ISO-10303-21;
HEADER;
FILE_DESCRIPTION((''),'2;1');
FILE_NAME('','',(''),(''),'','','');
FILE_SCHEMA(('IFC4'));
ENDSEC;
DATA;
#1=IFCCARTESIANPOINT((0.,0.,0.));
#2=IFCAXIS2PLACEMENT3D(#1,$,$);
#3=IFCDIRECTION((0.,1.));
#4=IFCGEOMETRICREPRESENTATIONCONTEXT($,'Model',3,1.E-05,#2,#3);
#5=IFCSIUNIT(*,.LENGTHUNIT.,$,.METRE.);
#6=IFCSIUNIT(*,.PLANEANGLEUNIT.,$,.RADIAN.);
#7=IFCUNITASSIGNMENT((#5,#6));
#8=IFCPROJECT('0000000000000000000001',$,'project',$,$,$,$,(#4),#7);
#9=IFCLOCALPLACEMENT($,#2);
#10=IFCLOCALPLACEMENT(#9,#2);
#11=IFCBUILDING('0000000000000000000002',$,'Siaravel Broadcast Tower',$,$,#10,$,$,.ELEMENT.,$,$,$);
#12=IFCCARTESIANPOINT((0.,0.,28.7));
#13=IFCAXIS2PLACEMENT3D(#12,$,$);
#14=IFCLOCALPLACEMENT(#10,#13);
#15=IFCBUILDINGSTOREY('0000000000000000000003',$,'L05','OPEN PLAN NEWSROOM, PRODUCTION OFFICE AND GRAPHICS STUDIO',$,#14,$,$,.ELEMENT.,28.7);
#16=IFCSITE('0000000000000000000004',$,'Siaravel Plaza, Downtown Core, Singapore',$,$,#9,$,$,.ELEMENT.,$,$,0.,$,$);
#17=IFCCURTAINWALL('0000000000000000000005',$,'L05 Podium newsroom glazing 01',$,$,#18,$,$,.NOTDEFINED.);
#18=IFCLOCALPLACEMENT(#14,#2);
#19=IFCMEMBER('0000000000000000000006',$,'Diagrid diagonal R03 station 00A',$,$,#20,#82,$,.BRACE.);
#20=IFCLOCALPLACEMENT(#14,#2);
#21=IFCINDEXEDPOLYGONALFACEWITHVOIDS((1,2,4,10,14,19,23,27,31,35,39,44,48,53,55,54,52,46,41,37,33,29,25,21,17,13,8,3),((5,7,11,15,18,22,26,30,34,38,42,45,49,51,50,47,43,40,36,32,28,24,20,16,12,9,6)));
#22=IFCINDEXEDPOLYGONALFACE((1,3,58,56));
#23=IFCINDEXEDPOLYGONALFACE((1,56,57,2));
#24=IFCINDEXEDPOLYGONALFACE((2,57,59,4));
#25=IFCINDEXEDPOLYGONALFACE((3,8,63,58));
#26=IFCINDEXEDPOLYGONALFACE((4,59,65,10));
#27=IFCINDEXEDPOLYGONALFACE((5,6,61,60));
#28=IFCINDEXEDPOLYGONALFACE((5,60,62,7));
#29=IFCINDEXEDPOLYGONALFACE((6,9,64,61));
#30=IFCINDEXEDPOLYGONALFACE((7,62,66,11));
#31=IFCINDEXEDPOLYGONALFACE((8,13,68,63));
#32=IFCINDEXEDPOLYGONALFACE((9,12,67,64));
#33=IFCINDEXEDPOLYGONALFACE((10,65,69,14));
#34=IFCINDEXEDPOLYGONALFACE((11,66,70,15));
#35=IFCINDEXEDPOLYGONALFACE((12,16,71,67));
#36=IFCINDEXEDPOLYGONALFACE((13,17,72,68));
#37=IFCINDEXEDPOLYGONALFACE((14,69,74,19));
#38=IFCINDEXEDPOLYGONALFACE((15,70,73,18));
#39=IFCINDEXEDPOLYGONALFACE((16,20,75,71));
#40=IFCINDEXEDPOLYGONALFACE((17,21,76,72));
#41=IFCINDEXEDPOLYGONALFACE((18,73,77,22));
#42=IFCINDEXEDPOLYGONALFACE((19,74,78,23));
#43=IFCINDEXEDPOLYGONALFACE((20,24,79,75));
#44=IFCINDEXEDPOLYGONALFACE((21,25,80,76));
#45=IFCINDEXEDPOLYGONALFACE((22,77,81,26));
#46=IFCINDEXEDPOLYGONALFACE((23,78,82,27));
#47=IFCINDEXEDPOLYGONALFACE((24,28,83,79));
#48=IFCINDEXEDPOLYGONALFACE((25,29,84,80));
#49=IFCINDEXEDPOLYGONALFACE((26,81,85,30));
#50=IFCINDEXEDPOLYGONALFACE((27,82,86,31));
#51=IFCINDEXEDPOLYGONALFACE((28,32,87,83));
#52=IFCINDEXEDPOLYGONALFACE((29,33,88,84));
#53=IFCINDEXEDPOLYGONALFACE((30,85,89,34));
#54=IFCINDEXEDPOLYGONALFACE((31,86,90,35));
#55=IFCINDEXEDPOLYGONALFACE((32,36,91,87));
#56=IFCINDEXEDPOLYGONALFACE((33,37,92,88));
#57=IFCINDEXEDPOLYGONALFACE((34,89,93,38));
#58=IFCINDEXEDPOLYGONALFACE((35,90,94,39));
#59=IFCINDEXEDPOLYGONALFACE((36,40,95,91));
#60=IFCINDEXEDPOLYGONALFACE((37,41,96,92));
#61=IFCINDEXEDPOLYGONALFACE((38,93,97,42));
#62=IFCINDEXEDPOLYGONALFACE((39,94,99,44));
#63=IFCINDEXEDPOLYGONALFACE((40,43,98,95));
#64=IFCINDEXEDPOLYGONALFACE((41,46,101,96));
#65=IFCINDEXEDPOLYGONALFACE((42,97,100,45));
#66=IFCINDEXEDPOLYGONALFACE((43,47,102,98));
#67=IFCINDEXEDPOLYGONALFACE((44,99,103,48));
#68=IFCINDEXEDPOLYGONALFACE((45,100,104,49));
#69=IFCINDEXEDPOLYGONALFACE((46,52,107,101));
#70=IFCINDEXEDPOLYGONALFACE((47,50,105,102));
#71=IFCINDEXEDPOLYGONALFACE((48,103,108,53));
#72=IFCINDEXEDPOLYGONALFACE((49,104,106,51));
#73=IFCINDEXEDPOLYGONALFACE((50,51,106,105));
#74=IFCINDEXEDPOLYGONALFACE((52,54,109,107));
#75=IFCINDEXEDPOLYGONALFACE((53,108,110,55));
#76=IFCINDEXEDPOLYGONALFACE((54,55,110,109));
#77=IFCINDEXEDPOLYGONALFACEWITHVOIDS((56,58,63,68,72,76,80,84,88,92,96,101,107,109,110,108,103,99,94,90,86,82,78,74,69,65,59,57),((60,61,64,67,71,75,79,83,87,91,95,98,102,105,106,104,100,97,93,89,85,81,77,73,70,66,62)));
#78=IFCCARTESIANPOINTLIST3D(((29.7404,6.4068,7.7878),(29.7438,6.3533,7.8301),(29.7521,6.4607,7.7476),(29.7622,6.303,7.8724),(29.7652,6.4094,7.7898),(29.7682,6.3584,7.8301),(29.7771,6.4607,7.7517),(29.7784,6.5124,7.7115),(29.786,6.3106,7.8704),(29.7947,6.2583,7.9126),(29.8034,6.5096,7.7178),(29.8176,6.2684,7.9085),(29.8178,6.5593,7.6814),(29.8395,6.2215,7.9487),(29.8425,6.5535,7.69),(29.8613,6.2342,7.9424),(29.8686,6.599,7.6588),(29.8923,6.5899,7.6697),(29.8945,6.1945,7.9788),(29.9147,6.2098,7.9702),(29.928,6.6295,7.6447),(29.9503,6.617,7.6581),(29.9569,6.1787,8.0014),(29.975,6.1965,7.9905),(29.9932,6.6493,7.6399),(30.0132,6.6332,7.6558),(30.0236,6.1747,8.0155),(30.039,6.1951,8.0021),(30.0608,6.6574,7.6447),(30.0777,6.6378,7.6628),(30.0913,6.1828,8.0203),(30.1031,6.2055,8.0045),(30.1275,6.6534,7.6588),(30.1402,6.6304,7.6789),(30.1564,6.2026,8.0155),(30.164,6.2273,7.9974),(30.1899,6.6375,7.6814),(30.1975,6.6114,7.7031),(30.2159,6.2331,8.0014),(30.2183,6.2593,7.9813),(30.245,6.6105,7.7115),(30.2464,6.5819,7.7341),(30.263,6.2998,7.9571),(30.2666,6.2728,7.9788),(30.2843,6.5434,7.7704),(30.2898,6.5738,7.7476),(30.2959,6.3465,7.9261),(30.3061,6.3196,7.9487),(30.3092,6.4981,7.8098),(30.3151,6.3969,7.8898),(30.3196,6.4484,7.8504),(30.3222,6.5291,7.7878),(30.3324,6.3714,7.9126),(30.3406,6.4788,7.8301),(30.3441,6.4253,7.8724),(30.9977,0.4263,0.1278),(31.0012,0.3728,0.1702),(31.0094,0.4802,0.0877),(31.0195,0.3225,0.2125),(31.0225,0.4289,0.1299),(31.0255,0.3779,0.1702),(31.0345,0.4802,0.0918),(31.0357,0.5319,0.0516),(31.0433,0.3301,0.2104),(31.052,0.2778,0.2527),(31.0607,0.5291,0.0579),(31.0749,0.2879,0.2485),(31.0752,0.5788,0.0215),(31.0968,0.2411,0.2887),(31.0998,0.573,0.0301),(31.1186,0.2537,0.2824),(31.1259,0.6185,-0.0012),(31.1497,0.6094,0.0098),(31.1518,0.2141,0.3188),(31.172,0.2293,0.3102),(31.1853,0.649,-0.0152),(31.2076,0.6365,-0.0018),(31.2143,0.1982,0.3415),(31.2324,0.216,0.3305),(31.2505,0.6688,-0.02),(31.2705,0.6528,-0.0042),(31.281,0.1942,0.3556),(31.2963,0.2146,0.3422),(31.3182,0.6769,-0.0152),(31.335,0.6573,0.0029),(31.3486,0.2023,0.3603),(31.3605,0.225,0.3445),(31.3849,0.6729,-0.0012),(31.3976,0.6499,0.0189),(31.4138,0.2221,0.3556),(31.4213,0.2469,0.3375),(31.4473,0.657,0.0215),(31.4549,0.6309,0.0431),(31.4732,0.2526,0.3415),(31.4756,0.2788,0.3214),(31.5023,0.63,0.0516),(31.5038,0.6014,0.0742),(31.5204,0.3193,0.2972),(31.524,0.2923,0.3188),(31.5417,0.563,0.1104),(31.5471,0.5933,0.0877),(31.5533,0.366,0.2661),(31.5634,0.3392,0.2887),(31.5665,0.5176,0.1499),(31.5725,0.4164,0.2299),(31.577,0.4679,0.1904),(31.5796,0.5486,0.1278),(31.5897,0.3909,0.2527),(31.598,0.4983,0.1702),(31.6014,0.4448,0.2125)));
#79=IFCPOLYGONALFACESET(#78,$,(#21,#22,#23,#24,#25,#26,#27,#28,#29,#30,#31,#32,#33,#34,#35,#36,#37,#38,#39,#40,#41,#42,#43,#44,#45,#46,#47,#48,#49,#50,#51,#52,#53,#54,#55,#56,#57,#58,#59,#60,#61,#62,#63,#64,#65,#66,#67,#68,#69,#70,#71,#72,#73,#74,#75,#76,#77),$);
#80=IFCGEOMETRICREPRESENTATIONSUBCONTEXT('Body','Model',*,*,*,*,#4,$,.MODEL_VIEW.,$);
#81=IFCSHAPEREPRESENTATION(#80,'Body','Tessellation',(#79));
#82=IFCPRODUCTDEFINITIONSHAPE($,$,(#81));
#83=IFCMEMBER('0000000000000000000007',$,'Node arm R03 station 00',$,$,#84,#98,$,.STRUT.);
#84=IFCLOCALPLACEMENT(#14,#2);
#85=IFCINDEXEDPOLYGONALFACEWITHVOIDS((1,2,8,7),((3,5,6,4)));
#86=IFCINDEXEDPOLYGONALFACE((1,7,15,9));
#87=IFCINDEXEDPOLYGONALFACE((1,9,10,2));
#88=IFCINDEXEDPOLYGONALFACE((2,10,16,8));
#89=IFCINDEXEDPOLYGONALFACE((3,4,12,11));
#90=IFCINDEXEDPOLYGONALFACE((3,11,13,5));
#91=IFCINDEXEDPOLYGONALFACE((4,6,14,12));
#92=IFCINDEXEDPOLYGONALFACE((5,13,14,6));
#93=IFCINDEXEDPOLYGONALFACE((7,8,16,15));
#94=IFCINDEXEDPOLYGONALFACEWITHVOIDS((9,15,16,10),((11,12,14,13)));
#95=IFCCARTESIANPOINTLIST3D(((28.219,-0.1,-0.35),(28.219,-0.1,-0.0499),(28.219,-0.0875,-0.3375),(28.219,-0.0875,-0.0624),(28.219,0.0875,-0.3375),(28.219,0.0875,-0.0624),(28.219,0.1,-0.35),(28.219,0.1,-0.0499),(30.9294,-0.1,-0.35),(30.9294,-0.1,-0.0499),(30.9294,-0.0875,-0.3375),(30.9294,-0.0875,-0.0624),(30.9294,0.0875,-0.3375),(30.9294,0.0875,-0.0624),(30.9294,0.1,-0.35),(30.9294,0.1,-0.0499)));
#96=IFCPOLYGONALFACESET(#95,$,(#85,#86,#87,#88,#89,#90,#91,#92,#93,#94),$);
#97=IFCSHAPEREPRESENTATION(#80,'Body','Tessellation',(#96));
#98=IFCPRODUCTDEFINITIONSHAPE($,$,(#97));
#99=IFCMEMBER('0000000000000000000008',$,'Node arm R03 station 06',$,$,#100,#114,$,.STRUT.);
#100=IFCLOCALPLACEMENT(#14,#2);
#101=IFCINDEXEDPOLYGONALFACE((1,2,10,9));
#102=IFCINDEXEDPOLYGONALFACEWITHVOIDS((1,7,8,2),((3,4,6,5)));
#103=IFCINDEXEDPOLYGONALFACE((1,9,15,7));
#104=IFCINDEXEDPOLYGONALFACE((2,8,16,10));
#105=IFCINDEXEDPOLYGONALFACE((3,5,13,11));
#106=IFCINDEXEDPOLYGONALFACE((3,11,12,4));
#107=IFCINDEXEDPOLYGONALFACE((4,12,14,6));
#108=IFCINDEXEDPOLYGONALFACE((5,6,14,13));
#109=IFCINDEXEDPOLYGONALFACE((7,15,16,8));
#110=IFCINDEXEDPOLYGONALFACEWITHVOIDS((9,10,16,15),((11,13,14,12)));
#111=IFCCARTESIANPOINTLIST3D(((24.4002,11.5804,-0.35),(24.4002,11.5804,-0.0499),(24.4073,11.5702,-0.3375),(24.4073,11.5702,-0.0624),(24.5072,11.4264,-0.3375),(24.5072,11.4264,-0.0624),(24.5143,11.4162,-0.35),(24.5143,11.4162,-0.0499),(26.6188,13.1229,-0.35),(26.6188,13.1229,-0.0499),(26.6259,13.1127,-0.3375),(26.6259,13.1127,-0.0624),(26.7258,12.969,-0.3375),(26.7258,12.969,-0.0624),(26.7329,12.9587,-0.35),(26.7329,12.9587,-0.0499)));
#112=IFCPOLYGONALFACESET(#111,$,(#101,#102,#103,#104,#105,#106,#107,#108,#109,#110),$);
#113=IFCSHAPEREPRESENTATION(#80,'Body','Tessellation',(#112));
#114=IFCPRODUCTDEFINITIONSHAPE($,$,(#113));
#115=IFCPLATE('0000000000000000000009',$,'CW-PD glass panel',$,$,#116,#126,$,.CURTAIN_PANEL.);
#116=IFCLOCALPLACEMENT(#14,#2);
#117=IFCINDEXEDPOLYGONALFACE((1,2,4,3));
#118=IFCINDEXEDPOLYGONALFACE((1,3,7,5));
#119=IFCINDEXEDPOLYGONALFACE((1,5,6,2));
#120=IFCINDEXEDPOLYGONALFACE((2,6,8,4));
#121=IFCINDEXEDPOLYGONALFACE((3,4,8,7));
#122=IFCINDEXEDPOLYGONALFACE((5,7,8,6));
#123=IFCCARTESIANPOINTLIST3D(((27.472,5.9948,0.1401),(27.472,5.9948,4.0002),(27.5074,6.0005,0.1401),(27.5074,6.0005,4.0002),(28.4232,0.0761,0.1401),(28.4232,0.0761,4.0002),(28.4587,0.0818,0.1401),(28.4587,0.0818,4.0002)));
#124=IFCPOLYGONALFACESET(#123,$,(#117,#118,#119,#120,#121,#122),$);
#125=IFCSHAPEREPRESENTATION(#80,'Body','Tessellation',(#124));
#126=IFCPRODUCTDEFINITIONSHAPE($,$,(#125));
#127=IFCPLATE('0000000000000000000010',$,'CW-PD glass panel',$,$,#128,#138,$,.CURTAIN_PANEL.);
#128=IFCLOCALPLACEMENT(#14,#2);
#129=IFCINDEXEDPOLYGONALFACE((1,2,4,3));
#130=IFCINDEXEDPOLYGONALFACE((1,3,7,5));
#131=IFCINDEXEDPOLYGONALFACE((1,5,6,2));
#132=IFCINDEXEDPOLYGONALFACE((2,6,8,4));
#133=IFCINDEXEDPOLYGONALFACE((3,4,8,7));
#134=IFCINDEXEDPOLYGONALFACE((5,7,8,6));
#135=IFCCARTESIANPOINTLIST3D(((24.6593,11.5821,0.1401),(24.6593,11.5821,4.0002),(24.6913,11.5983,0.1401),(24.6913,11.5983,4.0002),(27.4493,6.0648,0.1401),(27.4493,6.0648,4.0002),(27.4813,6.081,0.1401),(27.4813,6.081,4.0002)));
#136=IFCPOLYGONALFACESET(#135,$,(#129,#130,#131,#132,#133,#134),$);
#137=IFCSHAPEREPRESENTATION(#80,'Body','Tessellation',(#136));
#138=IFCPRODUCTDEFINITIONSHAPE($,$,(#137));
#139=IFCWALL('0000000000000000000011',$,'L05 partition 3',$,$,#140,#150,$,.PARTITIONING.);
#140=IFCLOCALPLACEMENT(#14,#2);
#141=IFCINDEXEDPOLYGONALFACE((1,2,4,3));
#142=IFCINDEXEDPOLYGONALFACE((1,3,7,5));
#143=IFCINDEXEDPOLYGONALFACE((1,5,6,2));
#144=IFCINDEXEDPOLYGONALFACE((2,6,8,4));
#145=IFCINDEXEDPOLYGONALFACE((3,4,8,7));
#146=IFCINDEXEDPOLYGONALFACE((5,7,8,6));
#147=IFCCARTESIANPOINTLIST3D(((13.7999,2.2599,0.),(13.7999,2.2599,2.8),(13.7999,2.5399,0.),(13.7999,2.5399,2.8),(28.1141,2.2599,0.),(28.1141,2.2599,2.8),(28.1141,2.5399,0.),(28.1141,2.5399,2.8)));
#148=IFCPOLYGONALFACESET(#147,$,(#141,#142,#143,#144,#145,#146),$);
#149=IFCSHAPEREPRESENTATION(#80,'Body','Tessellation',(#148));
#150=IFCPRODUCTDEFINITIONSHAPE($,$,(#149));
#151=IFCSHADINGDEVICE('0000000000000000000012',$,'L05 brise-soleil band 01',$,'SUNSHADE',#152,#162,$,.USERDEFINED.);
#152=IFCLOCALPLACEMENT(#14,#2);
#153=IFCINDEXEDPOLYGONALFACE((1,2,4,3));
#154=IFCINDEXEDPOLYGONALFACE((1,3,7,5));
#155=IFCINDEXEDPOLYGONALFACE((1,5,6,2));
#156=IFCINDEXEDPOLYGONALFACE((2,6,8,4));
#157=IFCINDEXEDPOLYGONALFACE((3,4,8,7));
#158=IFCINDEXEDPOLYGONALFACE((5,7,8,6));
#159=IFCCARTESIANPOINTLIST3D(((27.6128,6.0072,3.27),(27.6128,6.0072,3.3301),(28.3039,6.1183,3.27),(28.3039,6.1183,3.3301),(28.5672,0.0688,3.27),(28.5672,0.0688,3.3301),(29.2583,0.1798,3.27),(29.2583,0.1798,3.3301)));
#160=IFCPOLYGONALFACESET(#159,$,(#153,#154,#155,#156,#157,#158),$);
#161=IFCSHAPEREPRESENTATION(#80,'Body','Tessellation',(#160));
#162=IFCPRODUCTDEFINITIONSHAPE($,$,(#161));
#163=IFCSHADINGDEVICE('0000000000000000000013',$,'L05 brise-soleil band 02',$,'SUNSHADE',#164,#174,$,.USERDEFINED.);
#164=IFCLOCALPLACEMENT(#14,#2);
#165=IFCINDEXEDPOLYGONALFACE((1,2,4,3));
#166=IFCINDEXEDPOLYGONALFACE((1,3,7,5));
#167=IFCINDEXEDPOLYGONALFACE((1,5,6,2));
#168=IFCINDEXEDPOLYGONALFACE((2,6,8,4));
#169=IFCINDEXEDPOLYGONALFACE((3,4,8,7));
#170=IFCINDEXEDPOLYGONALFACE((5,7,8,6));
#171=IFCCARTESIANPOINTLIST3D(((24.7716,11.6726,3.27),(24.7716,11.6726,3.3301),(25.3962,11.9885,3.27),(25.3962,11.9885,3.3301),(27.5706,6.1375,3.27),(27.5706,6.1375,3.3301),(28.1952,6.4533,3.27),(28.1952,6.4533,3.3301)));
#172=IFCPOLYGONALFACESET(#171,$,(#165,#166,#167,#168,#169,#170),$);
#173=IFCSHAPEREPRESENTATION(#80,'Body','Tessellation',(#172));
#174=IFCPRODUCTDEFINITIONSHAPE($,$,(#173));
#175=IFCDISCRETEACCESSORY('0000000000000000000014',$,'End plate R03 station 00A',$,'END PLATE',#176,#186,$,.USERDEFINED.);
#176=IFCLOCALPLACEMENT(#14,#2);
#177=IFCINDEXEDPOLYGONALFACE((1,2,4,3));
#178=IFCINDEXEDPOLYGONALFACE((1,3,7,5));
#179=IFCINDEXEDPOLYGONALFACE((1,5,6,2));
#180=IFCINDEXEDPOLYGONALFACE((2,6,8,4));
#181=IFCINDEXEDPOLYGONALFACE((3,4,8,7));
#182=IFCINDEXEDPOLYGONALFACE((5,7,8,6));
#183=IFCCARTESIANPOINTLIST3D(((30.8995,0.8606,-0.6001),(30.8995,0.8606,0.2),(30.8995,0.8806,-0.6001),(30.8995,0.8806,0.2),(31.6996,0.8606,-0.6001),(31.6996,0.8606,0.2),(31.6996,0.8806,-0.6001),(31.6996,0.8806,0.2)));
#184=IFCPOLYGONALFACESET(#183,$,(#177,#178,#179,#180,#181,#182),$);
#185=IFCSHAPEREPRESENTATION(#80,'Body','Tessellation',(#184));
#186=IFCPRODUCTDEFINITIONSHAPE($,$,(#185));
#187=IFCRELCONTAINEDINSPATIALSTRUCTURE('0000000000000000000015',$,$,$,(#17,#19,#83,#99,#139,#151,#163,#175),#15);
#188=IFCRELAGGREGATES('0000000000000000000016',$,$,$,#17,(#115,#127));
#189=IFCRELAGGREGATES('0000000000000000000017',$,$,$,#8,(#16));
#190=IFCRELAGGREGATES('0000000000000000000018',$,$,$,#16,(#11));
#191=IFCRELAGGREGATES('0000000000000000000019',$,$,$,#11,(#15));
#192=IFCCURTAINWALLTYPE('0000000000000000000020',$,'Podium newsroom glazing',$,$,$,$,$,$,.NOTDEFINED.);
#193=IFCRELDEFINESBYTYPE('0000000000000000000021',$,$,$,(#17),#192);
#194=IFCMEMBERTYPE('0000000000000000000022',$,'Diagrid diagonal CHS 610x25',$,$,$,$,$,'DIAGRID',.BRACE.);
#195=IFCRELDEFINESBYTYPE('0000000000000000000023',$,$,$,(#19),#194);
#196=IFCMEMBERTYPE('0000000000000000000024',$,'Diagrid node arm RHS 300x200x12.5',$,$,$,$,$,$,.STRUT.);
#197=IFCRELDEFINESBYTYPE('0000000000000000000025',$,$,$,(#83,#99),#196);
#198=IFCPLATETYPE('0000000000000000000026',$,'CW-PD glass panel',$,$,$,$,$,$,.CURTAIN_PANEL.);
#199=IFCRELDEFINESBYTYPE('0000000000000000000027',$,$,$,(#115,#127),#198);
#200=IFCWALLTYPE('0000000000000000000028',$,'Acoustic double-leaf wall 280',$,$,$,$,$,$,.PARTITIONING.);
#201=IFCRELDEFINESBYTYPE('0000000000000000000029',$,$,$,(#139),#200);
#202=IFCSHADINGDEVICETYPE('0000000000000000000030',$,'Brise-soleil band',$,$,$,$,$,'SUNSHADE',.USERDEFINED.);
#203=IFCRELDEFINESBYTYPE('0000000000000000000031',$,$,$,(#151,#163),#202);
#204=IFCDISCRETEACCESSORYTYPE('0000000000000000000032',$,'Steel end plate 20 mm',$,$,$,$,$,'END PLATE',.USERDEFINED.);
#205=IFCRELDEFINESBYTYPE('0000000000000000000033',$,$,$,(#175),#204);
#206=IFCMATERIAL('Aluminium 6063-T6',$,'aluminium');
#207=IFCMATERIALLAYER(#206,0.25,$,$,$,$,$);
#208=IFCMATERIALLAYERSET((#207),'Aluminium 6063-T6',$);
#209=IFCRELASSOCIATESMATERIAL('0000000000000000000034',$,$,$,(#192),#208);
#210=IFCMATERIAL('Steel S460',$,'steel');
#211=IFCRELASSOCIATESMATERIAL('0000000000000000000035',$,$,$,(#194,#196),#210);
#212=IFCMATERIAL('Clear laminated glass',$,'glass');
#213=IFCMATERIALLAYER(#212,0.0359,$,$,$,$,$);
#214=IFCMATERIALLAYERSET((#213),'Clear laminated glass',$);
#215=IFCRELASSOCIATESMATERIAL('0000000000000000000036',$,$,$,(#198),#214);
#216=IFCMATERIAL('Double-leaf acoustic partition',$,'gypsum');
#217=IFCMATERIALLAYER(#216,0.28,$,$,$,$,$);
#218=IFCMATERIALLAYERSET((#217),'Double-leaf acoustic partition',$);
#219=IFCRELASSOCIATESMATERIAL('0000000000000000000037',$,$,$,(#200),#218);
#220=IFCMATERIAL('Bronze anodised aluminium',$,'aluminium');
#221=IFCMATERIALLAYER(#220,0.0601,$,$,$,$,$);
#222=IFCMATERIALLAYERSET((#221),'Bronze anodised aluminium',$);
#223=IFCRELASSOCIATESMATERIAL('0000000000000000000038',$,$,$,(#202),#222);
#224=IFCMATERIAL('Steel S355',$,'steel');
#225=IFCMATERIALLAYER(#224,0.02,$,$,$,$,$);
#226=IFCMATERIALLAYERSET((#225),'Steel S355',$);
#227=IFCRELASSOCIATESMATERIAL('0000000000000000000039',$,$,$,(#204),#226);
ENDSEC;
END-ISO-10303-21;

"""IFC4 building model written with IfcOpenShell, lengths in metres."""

from ifc_helpers import new_model, si_unit, direction, frame, frame_2d, origin, origin_2d, place, context, subcontext, project, spatial, rectangle, hollow_rectangle, hollow_circle, extrude, material, layer, layer_set, material_profile, profile_set, type_object, element, aggregate, save


model = new_model("IFC4")

# Units and contexts
model_context = context("Model", 3, precision=1e-05, world=origin(), true_north=direction((0.0, 1.0)))
body_context = subcontext(model_context, "Body", "Model", "MODEL_VIEW")
ifc_project = project(units=[si_unit("LENGTHUNIT", "METRE"), si_unit("PLANEANGLEUNIT", "RADIAN")], contexts=[model_context])

# Site, building, storey
site_placement = place(None, origin())
site = spatial("IfcSite", under=ifc_project, at=site_placement, Name="Siaravel Plaza, Downtown Core, Singapore", CompositionType="ELEMENT", RefElevation=0.0)
building_placement = place(site_placement, origin())
building = spatial("IfcBuilding", under=site, at=building_placement, Name="Siaravel Broadcast Tower", CompositionType="ELEMENT")
storey_placement = place(building_placement, frame((0.0, 0.0, 28.7)))
storey = spatial("IfcBuildingStorey", under=building, at=storey_placement, Name="L05", Description="OPEN PLAN NEWSROOM, PRODUCTION OFFICE AND GRAPHICS STUDIO", CompositionType="ELEMENT", Elevation=28.7)

# Shared definitions
ifc_material_1 = material(Name="Steel S355", Category="steel")

# Curtain wall
ifc_material_2 = material(Name="Aluminium 6063-T6", Category="aluminium")
ifc_layer_1 = layer(ifc_material_2, 0.25)
ifc_layer_set_1 = layer_set([ifc_layer_1], Name="Aluminium 6063-T6")
curtain_wall_type = type_object("IfcCurtainWallType", Name="Podium newsroom glazing", PredefinedType="NOTDEFINED", material=ifc_layer_set_1)
curtain_wall_placement = place(storey_placement, origin())
curtain_wall = element("IfcCurtainWall", 1, at=curtain_wall_placement, inside=storey, type_object=curtain_wall_type, Name="L05 Podium newsroom glazing 01", PredefinedType="NOTDEFINED")

# Members
ifc_material_3 = material(Name="Steel S460", Category="steel")
ifc_material_profile_1 = material_profile(ifc_material_3, hollow_circle(Radius=0.3049, WallThickness=0.0249, at=origin_2d()))
ifc_profile_set_1 = profile_set([ifc_material_profile_1], Name="Steel S460")
member_type_1 = type_object("IfcMemberType", Name="Diagrid diagonal CHS 610x25", ElementType="DIAGRID", PredefinedType="BRACE", material=ifc_profile_set_1)
member_1_placement = place(storey_placement, frame((31.2996, 0.4355, 0.1702), z_axis=(-0.128311, 0.610312, 0.781701), x_axis=(-0.978607, -0.205741, 0.0)))
element("IfcMember", 2, at=member_1_placement, inside=storey, type_object=member_type_1, Name="Diagrid diagonal R03 station 00A", PredefinedType="BRACE", context=body_context, shape_type="SweptSolid", body=[
    extrude(hollow_circle(Radius=0.3049, WallThickness=0.0249, at=origin_2d()), origin(), (0.0, 0.0, 1.0), 9.7991),
])
ifc_material_profile_2 = material_profile(ifc_material_3, hollow_rectangle(XDim=0.2, YDim=0.3, WallThickness=0.0125, at=origin_2d()))
ifc_profile_set_2 = profile_set([ifc_material_profile_2], Name="Steel S460")
member_type_2 = type_object("IfcMemberType", Name="Diagrid node arm RHS 300x200x12.5", PredefinedType="STRUT", material=ifc_profile_set_2)
member_2_placement = place(storey_placement, frame((28.219, 0.0, -0.2), z_axis=(1.0, 0.0, 0.0), x_axis=(0.0, 1.0, 0.0)))
element("IfcMember", 3, at=member_2_placement, inside=storey, type_object=member_type_2, Name="Node arm R03 station 00", PredefinedType="STRUT", context=body_context, shape_type="SweptSolid", body=[
    extrude(hollow_rectangle(XDim=0.2, YDim=0.3, WallThickness=0.0125, at=origin_2d()), origin(), (0.0, 0.0, 1.0), 2.7104),
])
member_3_placement = place(storey_placement, frame((24.4573, 11.4983, -0.2), z_axis=(0.821049, 0.570858, 0.0), x_axis=(-0.570858, 0.821049, 0.0)))
element("IfcMember", 4, at=member_3_placement, inside=storey, type_object=member_type_2, Name="Node arm R03 station 06", PredefinedType="STRUT", context=body_context, shape_type="SweptSolid", body=[
    extrude(hollow_rectangle(XDim=0.2, YDim=0.3, WallThickness=0.0125, at=origin_2d()), origin(), (0.0, 0.0, 1.0), 2.7021),
])

# Plates
ifc_material_4 = material(Name="Clear laminated glass", Category="glass")
ifc_layer_2 = layer(ifc_material_4, 0.0359)
ifc_layer_set_2 = layer_set([ifc_layer_2], Name="Clear laminated glass")
plate_type = type_object("IfcPlateType", Name="CW-PD glass panel", PredefinedType="CURTAIN_PANEL", material=ifc_layer_set_2)
plate_1_placement = place(storey_placement, frame((27.9653, 3.0383, 0.1401), z_axis=(0.0, 0.0, 1.0), x_axis=(-0.158686, 0.987329, 0.0)))
plate_1 = element("IfcPlate", 5, at=plate_1_placement, type_object=plate_type, Name="CW-PD glass panel", PredefinedType="CURTAIN_PANEL", context=body_context, shape_type="SweptSolid", body=[
    extrude(rectangle(XDim=5.9946, YDim=0.0359, at=origin_2d()), origin(), (0.0, 0.0, 1.0), 3.8601),
])
plate_2_placement = place(storey_placement, frame((26.0703, 8.8315, 0.1401), z_axis=(0.0, 0.0, 1.0), x_axis=(-0.451262, 0.892391, 0.0)))
plate_2 = element("IfcPlate", 6, at=plate_2_placement, type_object=plate_type, Name="CW-PD glass panel", PredefinedType="CURTAIN_PANEL", context=body_context, shape_type="SweptSolid", body=[
    extrude(rectangle(XDim=6.1826, YDim=0.0359, at=origin_2d()), origin(), (0.0, 0.0, 1.0), 3.8601),
])
aggregate(curtain_wall, [plate_1, plate_2])

# Wall
ifc_material_5 = material(Name="Double-leaf acoustic partition", Category="gypsum")
ifc_layer_3 = layer(ifc_material_5, 0.28)
ifc_layer_set_3 = layer_set([ifc_layer_3], Name="Double-leaf acoustic partition")
wall_type = type_object("IfcWallType", Name="Acoustic double-leaf wall 280", PredefinedType="PARTITIONING", material=ifc_layer_set_3)
wall_placement = place(storey_placement, frame((28.1143, 2.3999, 0.0), z_axis=(0.0, 0.0, 1.0), x_axis=(-1.0, 0.0, 0.0)))
element("IfcWall", 7, at=wall_placement, inside=storey, type_object=wall_type, Name="L05 partition 3", PredefinedType="PARTITIONING", context=body_context, shape_type="SweptSolid", body=[
    extrude(rectangle(XDim=14.3142, YDim=0.28, at=frame_2d((7.1572, 0.0))), origin(), (0.0, 0.0, 1.0), 2.8),
])

# Shading devices
ifc_material_6 = material(Name="Bronze anodised aluminium", Category="aluminium")
ifc_layer_4 = layer(ifc_material_6, 0.0601)
ifc_layer_set_4 = layer_set([ifc_layer_4], Name="Bronze anodised aluminium")
shading_device_type = type_object("IfcShadingDeviceType", Name="Brise-soleil band", ElementType="SUNSHADE", PredefinedType="USERDEFINED", material=ifc_layer_set_4)
shading_device_1_placement = place(storey_placement, frame((28.4355, 3.0935, 3.27), z_axis=(0.0, 0.0, 1.0), x_axis=(-0.158685, 0.987329, 0.0)))
element("IfcShadingDevice", 8, at=shading_device_1_placement, inside=storey, type_object=shading_device_type, Name="L05 brise-soleil band 01", ObjectType="SUNSHADE", PredefinedType="USERDEFINED", context=body_context, shape_type="SweptSolid", body=[
    extrude(rectangle(XDim=6.0146, YDim=0.7, at=origin_2d()), origin(), (0.0, 0.0, 1.0), 0.0601),
])
shading_device_2_placement = place(storey_placement, frame((26.4834, 9.063, 3.27), z_axis=(0.0, 0.0, 1.0), x_axis=(-0.451262, 0.892391, 0.0)))
element("IfcShadingDevice", 9, at=shading_device_2_placement, inside=storey, type_object=shading_device_type, Name="L05 brise-soleil band 02", ObjectType="SUNSHADE", PredefinedType="USERDEFINED", context=body_context, shape_type="SweptSolid", body=[
    extrude(rectangle(XDim=6.2026, YDim=0.7, at=origin_2d()), origin(), (0.0, 0.0, 1.0), 0.0601),
])

# Discrete accessory
ifc_layer_5 = layer(ifc_material_1, 0.02)
ifc_layer_set_5 = layer_set([ifc_layer_5], Name="Steel S355")
discrete_accessory_type = type_object("IfcDiscreteAccessoryType", Name="Steel end plate 20 mm", ElementType="END PLATE", PredefinedType="USERDEFINED", material=ifc_layer_set_5)
discrete_accessory_placement = place(storey_placement, frame((31.2996, 0.8706, -0.6001), z_axis=(0.0, 0.0, 1.0), x_axis=(0.0, 1.0, 0.0)))
element("IfcDiscreteAccessory", 10, at=discrete_accessory_placement, inside=storey, type_object=discrete_accessory_type, Name="End plate R03 station 00A", ObjectType="END PLATE", PredefinedType="USERDEFINED", context=body_context, shape_type="SweptSolid", body=[
    extrude(rectangle(XDim=0.02, YDim=0.8, at=origin_2d()), origin(), (0.0, 0.0, 1.0), 0.8),
])

save(model, "model.ifc")
